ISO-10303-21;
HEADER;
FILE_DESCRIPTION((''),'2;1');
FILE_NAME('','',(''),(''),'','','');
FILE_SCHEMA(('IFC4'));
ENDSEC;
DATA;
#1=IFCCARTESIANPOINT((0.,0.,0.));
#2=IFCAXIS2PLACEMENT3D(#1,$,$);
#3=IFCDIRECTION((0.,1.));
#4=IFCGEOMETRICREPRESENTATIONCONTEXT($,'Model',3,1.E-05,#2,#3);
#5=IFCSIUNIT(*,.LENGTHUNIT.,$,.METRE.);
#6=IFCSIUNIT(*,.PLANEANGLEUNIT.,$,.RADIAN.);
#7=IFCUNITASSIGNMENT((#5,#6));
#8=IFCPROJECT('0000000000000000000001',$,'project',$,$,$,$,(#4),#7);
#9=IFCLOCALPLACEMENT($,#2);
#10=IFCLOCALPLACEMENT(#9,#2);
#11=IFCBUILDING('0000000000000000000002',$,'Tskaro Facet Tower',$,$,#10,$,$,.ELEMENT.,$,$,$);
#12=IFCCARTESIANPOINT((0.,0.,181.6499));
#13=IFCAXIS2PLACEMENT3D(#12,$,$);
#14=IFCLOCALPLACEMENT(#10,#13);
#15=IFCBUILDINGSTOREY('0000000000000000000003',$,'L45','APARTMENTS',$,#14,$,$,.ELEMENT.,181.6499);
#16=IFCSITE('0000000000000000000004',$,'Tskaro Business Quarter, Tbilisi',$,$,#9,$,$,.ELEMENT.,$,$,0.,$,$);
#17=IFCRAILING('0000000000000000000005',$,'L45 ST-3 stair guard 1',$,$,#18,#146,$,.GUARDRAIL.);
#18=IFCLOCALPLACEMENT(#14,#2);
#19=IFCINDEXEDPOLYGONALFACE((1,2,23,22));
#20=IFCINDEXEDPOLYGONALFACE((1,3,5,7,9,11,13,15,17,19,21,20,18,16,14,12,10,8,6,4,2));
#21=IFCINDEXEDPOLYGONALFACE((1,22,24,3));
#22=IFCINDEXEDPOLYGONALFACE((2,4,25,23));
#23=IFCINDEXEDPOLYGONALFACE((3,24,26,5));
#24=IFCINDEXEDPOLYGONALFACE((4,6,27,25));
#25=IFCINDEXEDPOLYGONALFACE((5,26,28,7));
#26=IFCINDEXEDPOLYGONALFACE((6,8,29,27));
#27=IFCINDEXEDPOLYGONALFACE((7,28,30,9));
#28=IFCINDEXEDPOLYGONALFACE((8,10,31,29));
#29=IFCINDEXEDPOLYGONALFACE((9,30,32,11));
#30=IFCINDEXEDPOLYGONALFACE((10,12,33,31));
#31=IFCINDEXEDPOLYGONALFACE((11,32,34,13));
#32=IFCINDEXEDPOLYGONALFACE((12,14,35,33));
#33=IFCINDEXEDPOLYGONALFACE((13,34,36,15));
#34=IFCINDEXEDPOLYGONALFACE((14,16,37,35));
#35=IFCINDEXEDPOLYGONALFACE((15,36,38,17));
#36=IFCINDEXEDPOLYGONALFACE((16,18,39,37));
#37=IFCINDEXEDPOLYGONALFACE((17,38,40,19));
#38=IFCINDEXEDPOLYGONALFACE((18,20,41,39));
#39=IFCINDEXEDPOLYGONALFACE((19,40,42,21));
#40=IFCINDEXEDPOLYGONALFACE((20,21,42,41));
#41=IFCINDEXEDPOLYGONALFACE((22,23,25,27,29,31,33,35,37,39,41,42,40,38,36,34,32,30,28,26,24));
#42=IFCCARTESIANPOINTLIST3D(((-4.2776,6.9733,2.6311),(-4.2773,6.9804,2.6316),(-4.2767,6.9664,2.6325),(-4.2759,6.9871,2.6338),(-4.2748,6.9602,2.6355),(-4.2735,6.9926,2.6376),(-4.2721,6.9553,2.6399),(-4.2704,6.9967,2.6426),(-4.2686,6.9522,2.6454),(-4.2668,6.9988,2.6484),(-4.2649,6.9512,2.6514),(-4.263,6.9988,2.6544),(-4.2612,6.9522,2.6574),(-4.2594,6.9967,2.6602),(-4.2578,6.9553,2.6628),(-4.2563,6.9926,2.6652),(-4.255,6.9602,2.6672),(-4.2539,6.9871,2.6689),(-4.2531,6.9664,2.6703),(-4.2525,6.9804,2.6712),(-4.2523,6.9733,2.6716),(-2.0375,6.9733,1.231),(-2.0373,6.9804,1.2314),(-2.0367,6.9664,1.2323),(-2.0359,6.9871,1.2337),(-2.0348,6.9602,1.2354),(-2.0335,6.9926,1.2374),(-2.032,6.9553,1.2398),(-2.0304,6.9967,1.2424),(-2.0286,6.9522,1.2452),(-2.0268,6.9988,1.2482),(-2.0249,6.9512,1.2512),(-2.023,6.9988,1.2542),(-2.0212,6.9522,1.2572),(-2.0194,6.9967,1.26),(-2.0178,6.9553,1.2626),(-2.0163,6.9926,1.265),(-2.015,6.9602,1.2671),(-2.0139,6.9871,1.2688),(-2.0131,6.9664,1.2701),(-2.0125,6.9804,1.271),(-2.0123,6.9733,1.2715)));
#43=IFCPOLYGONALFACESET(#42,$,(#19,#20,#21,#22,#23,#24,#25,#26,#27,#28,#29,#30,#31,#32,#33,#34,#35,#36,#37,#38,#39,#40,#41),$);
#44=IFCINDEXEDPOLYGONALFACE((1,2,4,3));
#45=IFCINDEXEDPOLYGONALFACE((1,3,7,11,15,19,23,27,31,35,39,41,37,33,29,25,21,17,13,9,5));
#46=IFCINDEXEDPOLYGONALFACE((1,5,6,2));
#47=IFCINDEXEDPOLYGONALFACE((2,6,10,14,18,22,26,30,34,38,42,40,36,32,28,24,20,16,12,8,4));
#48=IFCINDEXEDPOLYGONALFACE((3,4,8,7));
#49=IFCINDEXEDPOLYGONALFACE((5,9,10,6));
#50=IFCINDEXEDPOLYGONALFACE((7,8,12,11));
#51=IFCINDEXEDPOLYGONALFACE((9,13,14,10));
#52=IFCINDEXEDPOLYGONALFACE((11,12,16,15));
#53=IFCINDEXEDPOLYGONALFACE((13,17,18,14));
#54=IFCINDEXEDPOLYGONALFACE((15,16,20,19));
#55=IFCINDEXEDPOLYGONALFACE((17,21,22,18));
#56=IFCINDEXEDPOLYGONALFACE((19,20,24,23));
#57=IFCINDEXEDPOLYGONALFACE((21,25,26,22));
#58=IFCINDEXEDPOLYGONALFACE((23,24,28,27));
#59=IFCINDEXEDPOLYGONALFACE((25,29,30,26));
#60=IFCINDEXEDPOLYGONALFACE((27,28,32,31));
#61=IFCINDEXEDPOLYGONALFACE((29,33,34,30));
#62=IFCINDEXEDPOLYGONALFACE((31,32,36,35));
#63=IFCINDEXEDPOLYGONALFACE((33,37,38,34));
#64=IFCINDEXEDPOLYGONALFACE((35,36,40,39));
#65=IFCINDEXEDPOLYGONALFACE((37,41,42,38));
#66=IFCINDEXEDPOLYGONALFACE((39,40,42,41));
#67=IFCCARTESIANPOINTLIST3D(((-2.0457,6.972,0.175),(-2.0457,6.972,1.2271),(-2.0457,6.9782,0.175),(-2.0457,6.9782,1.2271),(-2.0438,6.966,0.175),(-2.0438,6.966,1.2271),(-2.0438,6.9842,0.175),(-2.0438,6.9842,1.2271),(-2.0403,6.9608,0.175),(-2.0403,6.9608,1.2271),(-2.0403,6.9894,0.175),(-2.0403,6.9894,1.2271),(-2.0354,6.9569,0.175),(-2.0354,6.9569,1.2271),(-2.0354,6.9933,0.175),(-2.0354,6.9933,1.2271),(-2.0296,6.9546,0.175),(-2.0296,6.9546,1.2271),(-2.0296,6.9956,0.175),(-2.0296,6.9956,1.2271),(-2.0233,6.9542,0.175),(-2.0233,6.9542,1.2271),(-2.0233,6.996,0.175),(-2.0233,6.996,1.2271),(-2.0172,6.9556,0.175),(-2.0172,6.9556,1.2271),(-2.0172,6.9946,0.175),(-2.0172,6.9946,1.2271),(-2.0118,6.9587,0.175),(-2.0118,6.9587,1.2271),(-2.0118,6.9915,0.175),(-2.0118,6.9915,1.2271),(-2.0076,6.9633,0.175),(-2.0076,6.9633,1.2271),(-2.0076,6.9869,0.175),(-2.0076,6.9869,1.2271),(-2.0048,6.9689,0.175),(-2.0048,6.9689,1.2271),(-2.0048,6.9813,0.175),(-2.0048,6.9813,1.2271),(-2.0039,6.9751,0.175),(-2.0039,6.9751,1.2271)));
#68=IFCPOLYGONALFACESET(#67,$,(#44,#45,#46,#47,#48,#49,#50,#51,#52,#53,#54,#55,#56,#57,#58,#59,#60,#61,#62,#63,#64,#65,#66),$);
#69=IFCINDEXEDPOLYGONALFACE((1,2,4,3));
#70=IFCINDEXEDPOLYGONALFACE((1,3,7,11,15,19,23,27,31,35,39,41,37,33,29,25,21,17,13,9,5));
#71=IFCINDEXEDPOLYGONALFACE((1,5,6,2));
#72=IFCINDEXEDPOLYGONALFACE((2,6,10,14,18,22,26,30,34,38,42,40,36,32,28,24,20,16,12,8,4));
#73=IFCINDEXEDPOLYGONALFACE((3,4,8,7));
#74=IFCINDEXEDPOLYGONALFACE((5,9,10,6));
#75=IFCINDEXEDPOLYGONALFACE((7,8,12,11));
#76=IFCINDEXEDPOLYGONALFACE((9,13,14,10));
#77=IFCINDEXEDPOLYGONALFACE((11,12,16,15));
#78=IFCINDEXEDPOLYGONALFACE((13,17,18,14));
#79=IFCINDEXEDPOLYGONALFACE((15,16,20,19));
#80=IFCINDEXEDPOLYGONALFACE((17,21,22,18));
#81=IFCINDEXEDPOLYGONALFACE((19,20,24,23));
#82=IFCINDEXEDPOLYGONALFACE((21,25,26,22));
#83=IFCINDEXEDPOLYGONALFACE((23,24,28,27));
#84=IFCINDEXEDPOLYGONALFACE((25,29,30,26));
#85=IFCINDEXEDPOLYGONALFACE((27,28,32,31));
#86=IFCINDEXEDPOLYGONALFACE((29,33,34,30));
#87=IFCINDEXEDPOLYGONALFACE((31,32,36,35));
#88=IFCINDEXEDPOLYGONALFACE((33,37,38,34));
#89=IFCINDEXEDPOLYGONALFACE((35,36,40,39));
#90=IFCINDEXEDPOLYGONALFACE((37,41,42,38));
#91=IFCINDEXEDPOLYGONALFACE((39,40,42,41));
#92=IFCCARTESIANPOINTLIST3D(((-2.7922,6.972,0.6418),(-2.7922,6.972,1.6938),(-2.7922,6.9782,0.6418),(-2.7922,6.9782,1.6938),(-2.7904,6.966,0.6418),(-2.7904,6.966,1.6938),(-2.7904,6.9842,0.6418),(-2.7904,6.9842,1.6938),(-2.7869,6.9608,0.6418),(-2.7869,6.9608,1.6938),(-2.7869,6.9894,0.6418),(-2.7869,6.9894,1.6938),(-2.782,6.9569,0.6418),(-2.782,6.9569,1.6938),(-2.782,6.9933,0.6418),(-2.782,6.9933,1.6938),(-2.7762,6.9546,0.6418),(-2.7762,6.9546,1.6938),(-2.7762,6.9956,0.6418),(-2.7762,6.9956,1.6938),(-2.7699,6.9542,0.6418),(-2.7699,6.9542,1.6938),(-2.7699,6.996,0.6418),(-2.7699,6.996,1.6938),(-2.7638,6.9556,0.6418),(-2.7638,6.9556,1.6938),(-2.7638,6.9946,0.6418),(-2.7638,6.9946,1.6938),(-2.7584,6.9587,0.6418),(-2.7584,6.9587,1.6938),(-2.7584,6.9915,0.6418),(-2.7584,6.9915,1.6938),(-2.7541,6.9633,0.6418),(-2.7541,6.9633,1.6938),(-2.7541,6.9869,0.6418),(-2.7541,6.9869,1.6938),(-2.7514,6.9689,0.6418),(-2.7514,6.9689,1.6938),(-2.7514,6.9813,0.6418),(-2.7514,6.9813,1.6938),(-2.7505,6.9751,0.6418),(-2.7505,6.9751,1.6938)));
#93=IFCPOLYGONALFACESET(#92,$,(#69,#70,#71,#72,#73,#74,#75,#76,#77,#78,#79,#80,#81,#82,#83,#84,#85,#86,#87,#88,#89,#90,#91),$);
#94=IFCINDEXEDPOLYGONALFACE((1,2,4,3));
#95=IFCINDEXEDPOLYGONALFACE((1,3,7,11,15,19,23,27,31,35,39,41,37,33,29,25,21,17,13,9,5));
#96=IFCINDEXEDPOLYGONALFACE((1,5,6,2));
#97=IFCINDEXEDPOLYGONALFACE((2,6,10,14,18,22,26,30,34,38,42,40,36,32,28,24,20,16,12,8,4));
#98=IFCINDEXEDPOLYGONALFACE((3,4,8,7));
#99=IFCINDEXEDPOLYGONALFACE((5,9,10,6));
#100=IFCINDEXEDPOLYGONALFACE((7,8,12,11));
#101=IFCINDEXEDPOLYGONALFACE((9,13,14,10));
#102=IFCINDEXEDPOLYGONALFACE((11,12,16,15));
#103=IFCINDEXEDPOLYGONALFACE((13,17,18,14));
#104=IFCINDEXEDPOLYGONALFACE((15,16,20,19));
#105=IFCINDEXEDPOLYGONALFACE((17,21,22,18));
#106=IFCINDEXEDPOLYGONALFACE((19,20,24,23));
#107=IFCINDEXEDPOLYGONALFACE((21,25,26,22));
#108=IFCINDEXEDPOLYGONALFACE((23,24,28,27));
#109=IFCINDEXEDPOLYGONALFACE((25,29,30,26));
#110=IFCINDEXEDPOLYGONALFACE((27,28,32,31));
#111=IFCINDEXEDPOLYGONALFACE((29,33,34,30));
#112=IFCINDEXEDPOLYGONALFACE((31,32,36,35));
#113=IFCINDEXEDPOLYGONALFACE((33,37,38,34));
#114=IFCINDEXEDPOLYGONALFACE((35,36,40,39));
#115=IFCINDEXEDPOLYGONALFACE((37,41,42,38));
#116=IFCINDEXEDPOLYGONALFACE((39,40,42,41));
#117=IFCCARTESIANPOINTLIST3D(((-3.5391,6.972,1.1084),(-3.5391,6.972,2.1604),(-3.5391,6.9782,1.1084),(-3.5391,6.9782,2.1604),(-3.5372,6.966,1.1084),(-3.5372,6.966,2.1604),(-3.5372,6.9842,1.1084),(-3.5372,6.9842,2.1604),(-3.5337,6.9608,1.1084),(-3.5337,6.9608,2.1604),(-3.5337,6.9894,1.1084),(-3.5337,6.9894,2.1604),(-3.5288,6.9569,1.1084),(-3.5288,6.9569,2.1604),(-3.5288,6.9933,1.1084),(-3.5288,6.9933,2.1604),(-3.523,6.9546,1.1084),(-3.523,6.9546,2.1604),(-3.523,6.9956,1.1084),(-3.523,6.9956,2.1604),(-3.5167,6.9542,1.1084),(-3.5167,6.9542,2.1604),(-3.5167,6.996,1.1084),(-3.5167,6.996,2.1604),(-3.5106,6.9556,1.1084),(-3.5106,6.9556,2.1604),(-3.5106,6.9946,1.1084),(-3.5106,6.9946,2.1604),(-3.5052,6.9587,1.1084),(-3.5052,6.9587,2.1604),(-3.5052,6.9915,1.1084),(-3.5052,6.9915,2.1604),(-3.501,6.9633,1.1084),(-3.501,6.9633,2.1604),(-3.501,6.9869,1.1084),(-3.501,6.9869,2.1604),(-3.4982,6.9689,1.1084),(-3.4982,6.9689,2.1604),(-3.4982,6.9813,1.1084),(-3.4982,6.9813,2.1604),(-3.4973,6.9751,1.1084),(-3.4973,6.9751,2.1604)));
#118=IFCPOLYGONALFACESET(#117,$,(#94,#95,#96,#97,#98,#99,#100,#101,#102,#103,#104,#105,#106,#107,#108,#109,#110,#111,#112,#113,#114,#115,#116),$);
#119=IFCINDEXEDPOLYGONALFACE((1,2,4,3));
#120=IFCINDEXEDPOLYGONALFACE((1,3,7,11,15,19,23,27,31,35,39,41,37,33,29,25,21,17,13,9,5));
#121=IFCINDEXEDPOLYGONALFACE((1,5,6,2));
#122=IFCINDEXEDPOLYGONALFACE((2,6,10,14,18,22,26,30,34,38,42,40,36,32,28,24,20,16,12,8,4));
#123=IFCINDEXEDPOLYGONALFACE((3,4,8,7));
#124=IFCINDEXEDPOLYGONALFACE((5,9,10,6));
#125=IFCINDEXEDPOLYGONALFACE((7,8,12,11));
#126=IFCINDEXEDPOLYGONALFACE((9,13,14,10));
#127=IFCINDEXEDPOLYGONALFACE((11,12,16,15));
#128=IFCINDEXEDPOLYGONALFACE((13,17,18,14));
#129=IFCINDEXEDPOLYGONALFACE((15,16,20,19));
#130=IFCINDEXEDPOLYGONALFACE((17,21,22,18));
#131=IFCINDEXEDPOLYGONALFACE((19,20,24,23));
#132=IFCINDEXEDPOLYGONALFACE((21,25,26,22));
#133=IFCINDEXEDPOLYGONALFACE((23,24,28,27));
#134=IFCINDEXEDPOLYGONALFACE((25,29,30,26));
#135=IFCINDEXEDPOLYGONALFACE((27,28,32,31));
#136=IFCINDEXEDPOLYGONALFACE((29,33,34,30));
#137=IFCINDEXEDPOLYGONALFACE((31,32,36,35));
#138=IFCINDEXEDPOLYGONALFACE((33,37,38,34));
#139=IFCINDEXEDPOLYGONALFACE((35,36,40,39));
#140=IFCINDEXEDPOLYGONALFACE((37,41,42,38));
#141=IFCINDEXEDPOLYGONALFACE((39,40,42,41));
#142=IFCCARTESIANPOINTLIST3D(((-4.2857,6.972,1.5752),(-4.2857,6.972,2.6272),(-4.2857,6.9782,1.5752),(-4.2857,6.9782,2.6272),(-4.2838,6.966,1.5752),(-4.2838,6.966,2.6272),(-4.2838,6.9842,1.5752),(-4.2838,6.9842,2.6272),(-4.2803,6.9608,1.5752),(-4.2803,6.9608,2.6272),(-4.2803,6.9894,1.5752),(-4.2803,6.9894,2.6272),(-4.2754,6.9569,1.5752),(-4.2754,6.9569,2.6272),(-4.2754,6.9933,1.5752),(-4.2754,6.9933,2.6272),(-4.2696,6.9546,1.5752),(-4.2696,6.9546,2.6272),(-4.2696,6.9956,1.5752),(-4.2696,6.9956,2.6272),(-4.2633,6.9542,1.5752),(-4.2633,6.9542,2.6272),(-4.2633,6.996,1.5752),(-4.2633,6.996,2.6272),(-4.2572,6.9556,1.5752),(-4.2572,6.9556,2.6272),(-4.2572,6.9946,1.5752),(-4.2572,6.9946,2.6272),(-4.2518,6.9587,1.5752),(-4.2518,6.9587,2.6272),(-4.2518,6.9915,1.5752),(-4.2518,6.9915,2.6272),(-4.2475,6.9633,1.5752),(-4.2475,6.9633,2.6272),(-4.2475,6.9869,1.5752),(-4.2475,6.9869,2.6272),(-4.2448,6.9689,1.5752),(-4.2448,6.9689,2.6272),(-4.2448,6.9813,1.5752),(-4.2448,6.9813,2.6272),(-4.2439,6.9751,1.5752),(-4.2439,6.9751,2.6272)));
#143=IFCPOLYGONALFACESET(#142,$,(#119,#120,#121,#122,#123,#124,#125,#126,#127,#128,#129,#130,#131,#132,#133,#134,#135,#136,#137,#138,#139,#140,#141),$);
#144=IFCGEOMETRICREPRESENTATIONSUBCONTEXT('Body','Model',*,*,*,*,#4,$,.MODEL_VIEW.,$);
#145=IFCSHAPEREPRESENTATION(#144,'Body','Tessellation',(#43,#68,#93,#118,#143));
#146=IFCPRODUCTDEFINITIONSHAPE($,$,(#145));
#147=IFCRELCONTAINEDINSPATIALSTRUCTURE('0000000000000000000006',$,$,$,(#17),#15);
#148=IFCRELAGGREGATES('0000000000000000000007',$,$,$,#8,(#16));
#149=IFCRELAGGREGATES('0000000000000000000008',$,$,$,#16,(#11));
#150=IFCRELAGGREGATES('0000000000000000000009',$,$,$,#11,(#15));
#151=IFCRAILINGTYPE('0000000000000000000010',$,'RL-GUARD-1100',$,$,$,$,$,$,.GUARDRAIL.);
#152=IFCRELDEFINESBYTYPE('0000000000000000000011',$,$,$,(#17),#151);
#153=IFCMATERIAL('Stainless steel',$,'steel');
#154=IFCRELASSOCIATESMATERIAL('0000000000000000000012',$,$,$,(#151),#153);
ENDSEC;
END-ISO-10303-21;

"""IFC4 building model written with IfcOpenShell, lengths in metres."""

from ifc_helpers import new_model, si_unit, direction, frame, origin, origin_2d, place, context, subcontext, project, spatial, circle, extrude, material, type_object, element, save


model = new_model("IFC4")

# Units and contexts
model_context = context("Model", 3, precision=1e-05, world=origin(), true_north=direction((0.0, 1.0)))
body_context = subcontext(model_context, "Body", "Model", "MODEL_VIEW")
ifc_project = project(units=[si_unit("LENGTHUNIT", "METRE"), si_unit("PLANEANGLEUNIT", "RADIAN")], contexts=[model_context])

# Site, building, storey
site_placement = place(None, origin())
site = spatial("IfcSite", under=ifc_project, at=site_placement, Name="Tskaro Business Quarter, Tbilisi", CompositionType="ELEMENT", RefElevation=0.0)
building_placement = place(site_placement, origin())
building = spatial("IfcBuilding", under=site, at=building_placement, Name="Tskaro Facet Tower", CompositionType="ELEMENT")
storey_placement = place(building_placement, frame((0.0, 0.0, 181.6499)))
storey = spatial("IfcBuildingStorey", under=building, at=storey_placement, Name="L45", Description="APARTMENTS", CompositionType="ELEMENT", Elevation=181.6499)

# Railing
ifc_material_1 = material(Name="Stainless steel", Category="steel")
railing_type_1 = type_object("IfcRailingType", Name="RL-GUARD-1100", PredefinedType="GUARDRAIL", material=ifc_material_1)
railing_1_placement = place(storey_placement, frame((-2.0249, 6.9751, 0.175)))
element("IfcRailing", 1, at=railing_1_placement, inside=storey, type_object=railing_type_1, Name="L45 ST-3 stair guard 1", PredefinedType="GUARDRAIL", context=body_context, shape_type="SweptSolid", body=[
    extrude(circle(Radius=0.0239, at=origin_2d()), frame((0.0, 0.0, 1.0762), z_axis=(-0.847972, 0.0, 0.53004), x_axis=(0.0, -1.0, 0.0)), (0.0, 0.0, 1.0), 2.6416),
    extrude(circle(Radius=0.021, at=origin_2d()), origin(), (0.0, 0.0, 1.0), 1.052),
    extrude(circle(Radius=0.021, at=origin_2d()), frame((-0.7466, 0.0, 0.4668)), (0.0, 0.0, 1.0), 1.052),
    extrude(circle(Radius=0.021, at=origin_2d()), frame((-1.4934, 0.0, 0.9333)), (0.0, 0.0, 1.0), 1.052),
    extrude(circle(Radius=0.021, at=origin_2d()), frame((-2.24, 0.0, 1.4001)), (0.0, 0.0, 1.0), 1.052),
])

save(model, "model.ifc")
